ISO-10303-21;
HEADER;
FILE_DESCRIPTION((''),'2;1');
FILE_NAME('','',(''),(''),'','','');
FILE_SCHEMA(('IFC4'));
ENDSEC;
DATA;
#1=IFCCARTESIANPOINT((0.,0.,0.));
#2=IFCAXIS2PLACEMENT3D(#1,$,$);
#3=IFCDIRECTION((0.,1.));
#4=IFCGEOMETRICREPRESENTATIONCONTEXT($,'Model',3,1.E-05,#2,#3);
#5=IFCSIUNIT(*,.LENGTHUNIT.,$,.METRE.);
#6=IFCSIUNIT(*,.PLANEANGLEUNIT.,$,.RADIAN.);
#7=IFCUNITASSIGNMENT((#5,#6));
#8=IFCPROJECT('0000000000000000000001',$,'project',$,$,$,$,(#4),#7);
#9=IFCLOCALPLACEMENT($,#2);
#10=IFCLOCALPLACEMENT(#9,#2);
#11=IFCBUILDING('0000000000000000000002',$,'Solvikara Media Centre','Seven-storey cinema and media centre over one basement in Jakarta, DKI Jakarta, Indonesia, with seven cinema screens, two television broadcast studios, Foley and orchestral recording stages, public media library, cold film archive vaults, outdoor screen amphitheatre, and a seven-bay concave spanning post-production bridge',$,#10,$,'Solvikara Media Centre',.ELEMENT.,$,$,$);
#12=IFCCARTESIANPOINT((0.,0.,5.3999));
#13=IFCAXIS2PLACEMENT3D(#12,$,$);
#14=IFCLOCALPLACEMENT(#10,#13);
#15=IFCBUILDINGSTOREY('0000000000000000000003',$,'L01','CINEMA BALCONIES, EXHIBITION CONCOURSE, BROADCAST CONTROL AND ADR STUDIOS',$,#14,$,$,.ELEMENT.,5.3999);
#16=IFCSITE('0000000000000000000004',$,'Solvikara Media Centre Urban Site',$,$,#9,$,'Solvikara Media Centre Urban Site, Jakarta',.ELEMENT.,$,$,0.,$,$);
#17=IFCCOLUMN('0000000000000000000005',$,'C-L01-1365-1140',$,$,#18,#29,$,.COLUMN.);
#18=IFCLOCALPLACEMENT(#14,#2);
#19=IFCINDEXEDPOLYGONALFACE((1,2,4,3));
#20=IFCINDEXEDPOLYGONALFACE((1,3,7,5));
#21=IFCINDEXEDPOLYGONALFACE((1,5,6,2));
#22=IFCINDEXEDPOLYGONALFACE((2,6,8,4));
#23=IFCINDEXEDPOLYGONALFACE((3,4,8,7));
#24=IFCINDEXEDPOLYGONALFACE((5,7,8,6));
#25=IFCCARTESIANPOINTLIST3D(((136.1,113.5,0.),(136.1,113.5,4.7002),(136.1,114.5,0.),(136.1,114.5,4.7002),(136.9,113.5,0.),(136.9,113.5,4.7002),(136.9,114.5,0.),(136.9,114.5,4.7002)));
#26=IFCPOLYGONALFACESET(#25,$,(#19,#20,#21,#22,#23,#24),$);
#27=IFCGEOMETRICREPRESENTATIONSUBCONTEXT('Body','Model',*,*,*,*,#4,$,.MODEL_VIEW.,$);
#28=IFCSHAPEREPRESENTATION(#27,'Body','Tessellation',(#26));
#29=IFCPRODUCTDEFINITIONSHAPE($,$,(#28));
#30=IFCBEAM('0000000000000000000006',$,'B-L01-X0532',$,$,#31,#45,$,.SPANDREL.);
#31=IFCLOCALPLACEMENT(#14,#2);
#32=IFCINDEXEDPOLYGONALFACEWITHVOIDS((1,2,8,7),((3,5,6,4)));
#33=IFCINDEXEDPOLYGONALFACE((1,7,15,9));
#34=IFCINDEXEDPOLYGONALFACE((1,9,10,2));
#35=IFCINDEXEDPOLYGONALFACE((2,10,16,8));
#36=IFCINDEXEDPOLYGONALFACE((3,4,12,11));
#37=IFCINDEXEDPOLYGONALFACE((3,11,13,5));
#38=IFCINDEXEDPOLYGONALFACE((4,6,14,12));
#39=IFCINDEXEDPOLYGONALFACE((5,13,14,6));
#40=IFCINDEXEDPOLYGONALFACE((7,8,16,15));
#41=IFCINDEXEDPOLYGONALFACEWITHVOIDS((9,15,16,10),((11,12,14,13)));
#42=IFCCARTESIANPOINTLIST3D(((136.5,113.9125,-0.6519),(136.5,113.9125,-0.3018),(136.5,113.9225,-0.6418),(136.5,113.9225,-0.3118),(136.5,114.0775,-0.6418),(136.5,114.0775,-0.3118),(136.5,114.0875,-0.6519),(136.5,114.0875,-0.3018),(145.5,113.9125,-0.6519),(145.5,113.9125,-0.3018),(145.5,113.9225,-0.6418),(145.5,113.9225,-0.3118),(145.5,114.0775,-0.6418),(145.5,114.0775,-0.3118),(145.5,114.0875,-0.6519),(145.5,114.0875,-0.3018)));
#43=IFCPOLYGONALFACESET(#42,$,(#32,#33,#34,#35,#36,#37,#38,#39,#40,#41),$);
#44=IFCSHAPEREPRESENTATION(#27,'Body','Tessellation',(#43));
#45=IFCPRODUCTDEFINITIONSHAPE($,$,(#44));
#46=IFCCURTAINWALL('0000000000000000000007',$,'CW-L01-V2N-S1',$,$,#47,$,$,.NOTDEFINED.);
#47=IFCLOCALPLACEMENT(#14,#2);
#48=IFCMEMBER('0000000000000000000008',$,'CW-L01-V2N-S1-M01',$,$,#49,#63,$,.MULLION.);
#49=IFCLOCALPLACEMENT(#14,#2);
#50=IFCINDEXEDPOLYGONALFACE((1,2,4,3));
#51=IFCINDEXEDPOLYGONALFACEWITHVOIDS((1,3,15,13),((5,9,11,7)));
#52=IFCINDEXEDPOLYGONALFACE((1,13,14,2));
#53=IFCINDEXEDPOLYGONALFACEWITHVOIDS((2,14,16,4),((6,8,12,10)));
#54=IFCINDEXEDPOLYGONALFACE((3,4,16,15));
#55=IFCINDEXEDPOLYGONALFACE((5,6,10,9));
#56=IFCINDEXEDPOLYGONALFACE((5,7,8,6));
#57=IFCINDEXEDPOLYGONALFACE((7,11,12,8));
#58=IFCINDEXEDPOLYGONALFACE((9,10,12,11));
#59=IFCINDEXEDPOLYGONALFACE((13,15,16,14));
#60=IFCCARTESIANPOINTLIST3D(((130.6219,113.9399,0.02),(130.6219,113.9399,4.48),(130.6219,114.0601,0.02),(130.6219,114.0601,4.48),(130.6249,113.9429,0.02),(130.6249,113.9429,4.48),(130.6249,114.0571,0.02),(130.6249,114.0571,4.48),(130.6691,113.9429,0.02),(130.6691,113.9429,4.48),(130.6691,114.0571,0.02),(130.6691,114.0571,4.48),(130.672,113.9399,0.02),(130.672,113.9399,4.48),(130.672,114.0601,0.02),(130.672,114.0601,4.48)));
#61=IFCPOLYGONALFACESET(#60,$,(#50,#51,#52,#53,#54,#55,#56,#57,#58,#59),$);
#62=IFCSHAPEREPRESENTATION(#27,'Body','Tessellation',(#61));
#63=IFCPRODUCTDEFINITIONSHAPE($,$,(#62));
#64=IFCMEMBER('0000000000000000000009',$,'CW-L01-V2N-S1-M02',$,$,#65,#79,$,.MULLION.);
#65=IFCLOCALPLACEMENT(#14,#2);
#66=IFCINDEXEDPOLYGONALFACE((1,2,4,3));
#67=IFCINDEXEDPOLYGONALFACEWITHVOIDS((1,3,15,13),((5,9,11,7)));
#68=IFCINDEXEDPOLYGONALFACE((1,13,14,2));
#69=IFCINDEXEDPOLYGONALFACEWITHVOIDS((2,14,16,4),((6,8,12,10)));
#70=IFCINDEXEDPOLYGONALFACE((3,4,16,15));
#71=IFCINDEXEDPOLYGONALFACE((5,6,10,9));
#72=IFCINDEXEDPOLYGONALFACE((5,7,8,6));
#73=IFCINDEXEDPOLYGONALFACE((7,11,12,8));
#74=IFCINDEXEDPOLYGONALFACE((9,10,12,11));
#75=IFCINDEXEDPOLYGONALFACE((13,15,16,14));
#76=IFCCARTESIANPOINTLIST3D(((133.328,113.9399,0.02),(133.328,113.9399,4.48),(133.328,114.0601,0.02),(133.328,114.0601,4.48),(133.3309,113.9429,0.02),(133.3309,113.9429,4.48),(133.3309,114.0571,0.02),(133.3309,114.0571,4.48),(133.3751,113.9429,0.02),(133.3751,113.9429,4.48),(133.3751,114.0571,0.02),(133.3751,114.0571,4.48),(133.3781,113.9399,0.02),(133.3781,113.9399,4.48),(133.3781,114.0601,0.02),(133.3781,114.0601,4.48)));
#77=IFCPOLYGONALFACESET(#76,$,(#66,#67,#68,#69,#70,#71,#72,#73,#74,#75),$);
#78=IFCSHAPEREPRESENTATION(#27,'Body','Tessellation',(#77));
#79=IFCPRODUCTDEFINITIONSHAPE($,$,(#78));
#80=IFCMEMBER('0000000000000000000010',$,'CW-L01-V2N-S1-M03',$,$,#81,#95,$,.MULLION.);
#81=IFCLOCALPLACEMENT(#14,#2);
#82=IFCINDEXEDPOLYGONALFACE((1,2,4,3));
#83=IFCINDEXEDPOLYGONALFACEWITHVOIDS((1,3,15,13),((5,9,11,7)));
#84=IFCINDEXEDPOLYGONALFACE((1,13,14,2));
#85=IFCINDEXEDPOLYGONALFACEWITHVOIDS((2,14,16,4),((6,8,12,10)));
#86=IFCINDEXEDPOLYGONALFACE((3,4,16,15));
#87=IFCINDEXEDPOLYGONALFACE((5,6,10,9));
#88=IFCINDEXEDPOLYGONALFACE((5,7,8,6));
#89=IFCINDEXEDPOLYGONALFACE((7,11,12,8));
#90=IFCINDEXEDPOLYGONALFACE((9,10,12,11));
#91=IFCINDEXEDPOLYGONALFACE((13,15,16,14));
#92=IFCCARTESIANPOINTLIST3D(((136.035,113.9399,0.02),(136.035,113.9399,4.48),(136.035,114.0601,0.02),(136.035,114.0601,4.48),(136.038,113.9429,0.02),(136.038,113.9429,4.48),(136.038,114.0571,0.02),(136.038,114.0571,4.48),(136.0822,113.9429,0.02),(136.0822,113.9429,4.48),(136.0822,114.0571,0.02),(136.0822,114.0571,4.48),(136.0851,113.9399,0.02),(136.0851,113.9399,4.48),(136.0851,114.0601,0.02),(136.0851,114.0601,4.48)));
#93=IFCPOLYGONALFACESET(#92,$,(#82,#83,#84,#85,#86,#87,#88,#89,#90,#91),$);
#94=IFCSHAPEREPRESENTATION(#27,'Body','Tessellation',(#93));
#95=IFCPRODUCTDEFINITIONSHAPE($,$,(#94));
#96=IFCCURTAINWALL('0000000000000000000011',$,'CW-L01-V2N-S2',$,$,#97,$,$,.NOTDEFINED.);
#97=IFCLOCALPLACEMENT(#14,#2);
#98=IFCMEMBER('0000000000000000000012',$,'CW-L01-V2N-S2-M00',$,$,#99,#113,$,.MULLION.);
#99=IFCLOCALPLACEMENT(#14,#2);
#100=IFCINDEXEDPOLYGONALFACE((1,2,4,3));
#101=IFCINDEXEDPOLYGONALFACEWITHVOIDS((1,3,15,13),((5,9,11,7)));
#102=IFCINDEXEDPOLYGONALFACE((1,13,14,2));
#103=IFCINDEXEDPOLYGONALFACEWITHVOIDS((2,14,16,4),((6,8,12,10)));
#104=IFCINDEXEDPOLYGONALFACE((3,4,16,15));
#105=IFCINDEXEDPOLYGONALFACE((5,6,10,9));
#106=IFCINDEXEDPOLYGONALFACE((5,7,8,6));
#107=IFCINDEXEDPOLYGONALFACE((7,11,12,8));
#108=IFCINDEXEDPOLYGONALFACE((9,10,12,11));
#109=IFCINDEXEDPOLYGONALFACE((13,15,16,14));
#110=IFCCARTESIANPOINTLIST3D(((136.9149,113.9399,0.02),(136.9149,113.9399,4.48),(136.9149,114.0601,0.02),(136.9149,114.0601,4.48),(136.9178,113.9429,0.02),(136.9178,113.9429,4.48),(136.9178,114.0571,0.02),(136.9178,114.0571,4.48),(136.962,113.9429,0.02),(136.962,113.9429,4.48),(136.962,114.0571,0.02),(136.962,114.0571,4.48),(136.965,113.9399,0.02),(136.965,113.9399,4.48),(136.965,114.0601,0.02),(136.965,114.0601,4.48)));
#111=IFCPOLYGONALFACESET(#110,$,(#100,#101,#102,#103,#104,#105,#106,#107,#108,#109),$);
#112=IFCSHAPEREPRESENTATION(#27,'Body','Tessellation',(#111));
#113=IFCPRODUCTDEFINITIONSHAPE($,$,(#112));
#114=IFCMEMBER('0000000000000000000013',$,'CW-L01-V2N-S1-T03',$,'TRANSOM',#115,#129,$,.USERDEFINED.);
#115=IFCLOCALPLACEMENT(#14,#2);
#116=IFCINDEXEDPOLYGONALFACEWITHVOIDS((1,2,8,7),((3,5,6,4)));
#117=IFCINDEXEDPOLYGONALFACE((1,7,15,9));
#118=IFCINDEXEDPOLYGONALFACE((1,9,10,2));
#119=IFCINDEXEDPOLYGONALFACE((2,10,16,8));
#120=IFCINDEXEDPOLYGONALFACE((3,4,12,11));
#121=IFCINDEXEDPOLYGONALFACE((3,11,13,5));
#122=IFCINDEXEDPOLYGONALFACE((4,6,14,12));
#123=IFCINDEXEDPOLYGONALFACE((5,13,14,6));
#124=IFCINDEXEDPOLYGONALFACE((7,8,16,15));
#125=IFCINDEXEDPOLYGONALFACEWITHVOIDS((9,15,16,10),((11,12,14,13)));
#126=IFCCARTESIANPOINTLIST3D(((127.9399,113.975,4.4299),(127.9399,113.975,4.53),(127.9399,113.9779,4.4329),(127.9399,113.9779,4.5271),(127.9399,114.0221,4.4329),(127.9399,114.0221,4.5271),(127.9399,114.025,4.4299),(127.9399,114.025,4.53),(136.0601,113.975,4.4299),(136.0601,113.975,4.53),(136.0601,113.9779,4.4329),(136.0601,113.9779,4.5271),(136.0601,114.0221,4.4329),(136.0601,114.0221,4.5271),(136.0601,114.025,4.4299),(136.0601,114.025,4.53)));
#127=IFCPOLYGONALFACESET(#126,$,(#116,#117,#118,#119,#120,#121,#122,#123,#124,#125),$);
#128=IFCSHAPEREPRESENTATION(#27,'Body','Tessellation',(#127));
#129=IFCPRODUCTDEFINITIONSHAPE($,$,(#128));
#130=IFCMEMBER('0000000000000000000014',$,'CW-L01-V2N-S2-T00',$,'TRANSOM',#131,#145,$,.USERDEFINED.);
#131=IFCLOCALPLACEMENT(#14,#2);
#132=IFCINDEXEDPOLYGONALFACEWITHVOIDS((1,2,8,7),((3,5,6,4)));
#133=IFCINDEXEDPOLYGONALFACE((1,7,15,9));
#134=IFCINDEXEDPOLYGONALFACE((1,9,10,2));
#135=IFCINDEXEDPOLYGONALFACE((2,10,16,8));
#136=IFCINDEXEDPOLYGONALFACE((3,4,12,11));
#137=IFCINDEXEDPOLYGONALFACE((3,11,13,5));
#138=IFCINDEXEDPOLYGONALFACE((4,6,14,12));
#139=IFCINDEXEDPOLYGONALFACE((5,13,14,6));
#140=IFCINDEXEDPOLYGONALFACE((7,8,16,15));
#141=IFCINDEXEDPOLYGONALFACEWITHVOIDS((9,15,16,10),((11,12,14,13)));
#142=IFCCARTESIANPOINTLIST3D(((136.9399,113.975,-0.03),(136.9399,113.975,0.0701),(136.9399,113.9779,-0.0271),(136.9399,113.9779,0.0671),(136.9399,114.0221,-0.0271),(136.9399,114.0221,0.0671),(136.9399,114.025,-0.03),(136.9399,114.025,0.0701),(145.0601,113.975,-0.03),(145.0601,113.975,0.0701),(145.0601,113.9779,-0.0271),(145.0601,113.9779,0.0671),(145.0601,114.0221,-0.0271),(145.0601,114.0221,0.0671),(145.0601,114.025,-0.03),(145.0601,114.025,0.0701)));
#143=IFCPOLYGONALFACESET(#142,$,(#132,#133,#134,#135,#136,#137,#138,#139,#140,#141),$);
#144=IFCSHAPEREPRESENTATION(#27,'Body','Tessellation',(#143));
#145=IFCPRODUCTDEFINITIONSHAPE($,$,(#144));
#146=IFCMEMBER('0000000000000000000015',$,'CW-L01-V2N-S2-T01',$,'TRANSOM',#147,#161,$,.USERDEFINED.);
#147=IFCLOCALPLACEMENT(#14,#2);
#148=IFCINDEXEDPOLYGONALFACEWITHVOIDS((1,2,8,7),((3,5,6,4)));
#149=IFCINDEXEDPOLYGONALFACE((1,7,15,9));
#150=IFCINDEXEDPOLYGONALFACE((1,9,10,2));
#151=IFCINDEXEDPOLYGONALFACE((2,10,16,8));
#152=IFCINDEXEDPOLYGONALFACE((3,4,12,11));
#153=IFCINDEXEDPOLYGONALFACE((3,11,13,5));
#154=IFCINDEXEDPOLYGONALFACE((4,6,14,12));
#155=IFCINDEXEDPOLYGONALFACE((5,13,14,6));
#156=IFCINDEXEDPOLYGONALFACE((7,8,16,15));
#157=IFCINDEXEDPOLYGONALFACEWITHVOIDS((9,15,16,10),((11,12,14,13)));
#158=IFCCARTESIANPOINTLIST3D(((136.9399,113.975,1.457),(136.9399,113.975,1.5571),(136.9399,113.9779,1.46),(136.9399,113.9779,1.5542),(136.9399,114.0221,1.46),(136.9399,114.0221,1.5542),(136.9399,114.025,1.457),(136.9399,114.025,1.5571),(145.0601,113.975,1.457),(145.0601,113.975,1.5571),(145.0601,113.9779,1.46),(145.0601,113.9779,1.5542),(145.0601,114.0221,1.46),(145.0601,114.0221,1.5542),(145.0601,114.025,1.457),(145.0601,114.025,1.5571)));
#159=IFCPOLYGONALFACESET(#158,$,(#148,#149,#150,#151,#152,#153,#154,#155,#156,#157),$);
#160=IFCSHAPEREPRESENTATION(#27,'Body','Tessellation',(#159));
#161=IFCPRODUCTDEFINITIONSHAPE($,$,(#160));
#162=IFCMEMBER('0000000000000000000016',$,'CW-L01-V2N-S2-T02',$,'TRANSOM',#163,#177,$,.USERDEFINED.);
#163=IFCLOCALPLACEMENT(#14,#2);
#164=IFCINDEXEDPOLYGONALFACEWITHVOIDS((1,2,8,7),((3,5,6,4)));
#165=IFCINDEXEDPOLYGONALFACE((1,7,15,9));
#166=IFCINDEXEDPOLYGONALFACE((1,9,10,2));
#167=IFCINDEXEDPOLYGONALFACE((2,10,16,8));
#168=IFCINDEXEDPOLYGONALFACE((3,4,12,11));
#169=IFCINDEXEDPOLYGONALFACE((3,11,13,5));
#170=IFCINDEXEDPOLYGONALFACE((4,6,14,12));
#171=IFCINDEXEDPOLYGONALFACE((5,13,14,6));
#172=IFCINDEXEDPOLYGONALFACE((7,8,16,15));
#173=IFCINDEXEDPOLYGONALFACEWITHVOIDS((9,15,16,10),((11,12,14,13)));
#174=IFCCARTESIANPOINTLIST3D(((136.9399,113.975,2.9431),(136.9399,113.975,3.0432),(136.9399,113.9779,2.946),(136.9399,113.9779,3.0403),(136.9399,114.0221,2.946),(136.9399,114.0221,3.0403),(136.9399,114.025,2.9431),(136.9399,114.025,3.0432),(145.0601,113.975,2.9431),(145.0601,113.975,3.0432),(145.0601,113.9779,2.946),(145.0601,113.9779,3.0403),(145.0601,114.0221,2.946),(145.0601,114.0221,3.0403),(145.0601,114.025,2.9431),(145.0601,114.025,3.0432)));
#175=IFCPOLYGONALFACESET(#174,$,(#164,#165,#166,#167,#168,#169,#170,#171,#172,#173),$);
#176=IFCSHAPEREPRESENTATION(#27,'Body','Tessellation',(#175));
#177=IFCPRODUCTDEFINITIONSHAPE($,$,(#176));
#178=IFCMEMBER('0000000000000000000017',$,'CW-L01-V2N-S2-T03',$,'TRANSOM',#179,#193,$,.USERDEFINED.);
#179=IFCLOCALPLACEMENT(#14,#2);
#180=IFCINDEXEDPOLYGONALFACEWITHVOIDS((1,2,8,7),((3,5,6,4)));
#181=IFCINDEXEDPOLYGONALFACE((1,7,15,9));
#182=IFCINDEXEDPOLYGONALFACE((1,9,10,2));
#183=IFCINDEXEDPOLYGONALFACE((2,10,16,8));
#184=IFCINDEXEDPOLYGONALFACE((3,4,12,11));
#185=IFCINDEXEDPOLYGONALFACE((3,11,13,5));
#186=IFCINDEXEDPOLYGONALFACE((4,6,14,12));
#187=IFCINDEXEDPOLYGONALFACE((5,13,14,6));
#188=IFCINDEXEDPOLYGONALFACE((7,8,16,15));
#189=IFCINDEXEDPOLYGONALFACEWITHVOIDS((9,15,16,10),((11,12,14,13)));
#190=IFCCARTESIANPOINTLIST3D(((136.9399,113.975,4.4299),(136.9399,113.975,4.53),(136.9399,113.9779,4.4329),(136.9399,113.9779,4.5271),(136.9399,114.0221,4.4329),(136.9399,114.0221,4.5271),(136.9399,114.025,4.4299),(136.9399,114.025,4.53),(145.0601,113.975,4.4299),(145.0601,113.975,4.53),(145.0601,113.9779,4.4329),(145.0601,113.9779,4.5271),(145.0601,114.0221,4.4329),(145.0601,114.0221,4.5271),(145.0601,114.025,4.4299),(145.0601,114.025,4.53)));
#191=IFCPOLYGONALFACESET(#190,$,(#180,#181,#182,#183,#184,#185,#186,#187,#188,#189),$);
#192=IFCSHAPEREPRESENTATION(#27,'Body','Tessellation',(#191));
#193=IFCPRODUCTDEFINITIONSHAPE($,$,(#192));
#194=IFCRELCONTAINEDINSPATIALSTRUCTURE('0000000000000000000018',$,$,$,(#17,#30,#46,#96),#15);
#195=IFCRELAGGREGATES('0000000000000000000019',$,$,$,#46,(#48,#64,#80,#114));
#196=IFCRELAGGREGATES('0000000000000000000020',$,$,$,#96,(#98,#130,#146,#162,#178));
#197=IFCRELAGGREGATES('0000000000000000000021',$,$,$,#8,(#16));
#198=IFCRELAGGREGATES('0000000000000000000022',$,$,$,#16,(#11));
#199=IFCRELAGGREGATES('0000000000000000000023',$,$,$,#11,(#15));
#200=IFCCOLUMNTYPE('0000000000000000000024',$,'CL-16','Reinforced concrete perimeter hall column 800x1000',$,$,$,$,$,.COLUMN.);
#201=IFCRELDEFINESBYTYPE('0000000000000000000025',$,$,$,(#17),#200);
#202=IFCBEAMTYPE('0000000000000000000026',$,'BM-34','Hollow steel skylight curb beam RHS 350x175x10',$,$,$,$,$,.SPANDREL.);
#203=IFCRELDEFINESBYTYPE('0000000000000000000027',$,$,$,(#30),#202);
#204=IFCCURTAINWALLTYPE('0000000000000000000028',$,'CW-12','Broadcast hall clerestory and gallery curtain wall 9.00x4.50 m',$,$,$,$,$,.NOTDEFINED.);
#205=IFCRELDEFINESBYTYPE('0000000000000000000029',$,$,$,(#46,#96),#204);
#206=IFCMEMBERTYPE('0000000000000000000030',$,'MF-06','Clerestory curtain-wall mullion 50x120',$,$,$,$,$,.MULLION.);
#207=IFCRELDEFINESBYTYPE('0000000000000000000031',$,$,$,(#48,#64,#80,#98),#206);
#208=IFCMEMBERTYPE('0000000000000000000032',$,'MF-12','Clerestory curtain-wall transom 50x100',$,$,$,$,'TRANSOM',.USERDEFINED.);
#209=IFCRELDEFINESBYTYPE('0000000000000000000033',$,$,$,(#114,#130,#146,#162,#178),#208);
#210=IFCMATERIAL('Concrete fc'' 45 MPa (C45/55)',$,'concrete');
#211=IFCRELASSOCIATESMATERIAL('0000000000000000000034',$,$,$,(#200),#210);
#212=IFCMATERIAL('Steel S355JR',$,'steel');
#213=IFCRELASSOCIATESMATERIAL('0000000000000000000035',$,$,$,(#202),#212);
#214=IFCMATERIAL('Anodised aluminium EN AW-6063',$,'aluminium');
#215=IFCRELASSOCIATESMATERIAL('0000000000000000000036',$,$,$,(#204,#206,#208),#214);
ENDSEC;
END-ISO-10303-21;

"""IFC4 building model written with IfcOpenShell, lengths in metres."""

from ifc_helpers import new_model, si_unit, direction, frame, origin, origin_2d, place, context, subcontext, project, spatial, rectangle, hollow_rectangle, extrude, material, material_profile, profile_set, type_object, element, aggregate, save


model = new_model("IFC4")

# Units and contexts
model_context = context("Model", 3, precision=1e-05, world=origin(), true_north=direction((0.0, 1.0)))
body_context = subcontext(model_context, "Body", "Model", "MODEL_VIEW")
ifc_project = project(units=[si_unit("LENGTHUNIT", "METRE"), si_unit("PLANEANGLEUNIT", "RADIAN")], contexts=[model_context])

# Site, building, storey
site_placement = place(None, origin())
site = spatial("IfcSite", under=ifc_project, at=site_placement, Name="Solvikara Media Centre Urban Site", LongName="Solvikara Media Centre Urban Site, Jakarta", CompositionType="ELEMENT", RefElevation=0.0)
building_placement = place(site_placement, origin())
building = spatial("IfcBuilding", under=site, at=building_placement, Name="Solvikara Media Centre", Description="Seven-storey cinema and media centre over one basement in Jakarta, DKI Jakarta, Indonesia, with seven cinema screens, two television broadcast studios, Foley and orchestral recording stages, public media library, cold film archive vaults, outdoor screen amphitheatre, and a seven-bay concave spanning post-production bridge", LongName="Solvikara Media Centre", CompositionType="ELEMENT")
storey_placement = place(building_placement, frame((0.0, 0.0, 5.3999)))
storey = spatial("IfcBuildingStorey", under=building, at=storey_placement, Name="L01", Description="CINEMA BALCONIES, EXHIBITION CONCOURSE, BROADCAST CONTROL AND ADR STUDIOS", CompositionType="ELEMENT", Elevation=5.3999)

# Column
ifc_material_1 = material(Name="Concrete fc' 45 MPa (C45/55)", Category="concrete")
ifc_material_profile_1 = material_profile(ifc_material_1, rectangle(XDim=0.8, YDim=1.0, at=origin_2d()), Name="RC 800x1000")
ifc_profile_set_1 = profile_set([ifc_material_profile_1], Name="Concrete fc' 45 MPa (C45/55)")
column_type = type_object("IfcColumnType", Name="CL-16", Description="Reinforced concrete perimeter hall column 800x1000", PredefinedType="COLUMN", material=ifc_profile_set_1)
column_placement = place(storey_placement, frame((136.5, 114.0, 0.0), z_axis=(0.0, 0.0, 1.0), x_axis=(1.0, 0.0, 0.0)))
element("IfcColumn", 1, at=column_placement, inside=storey, type_object=column_type, Name="C-L01-1365-1140", PredefinedType="COLUMN", context=body_context, shape_type="SweptSolid", body=[
    extrude(rectangle(XDim=0.8, YDim=1.0, at=origin_2d()), origin(), (0.0, 0.0, 1.0), 4.7002),
])

# Beam
ifc_material_2 = material(Name="Steel S355JR", Category="steel")
ifc_material_profile_2 = material_profile(ifc_material_2, hollow_rectangle(XDim=0.175, YDim=0.3501, WallThickness=0.01, at=origin_2d()), Name="RHS 350x175x10")
ifc_profile_set_2 = profile_set([ifc_material_profile_2], Name="Steel S355JR")
beam_type = type_object("IfcBeamType", Name="BM-34", Description="Hollow steel skylight curb beam RHS 350x175x10", PredefinedType="SPANDREL", material=ifc_profile_set_2)
beam_placement = place(storey_placement, frame((136.5, 114.0, -0.4768), z_axis=(1.0, 0.0, 0.0), x_axis=(0.0, 1.0, 0.0)))
element("IfcBeam", 2, at=beam_placement, inside=storey, type_object=beam_type, Name="B-L01-X0532", PredefinedType="SPANDREL", context=body_context, shape_type="SweptSolid", body=[
    extrude(hollow_rectangle(XDim=0.175, YDim=0.3501, WallThickness=0.01, at=origin_2d()), origin(), (0.0, 0.0, 1.0), 9.0),
])

# Curtain wall, members
ifc_material_3 = material(Name="Anodised aluminium EN AW-6063", Category="aluminium")
curtain_wall_type = type_object("IfcCurtainWallType", Name="CW-12", Description="Broadcast hall clerestory and gallery curtain wall 9.00x4.50 m", PredefinedType="NOTDEFINED", material=ifc_material_3)
curtain_wall_1_placement = place(storey_placement, origin())
curtain_wall_1 = element("IfcCurtainWall", 3, at=curtain_wall_1_placement, inside=storey, type_object=curtain_wall_type, Name="CW-L01-V2N-S1", PredefinedType="NOTDEFINED")
ifc_material_profile_3 = material_profile(ifc_material_3, hollow_rectangle(XDim=0.05, YDim=0.1201, WallThickness=0.0029, at=origin_2d()), Name="ALU-M 50x120x3")
ifc_profile_set_3 = profile_set([ifc_material_profile_3], Name="Anodised aluminium EN AW-6063")
member_type_1 = type_object("IfcMemberType", Name="MF-06", Description="Clerestory curtain-wall mullion 50x120", PredefinedType="MULLION", material=ifc_profile_set_3)
member_1_placement = place(storey_placement, frame((130.647, 114.0, 0.02), z_axis=(0.0, 0.0, 1.0), x_axis=(1.0, 0.0, 0.0)))
member_1 = element("IfcMember", 4, at=member_1_placement, type_object=member_type_1, Name="CW-L01-V2N-S1-M01", PredefinedType="MULLION", context=body_context, shape_type="SweptSolid", body=[
    extrude(hollow_rectangle(XDim=0.05, YDim=0.1201, WallThickness=0.0029, at=origin_2d()), origin(), (0.0, 0.0, 1.0), 4.46),
])
member_2_placement = place(storey_placement, frame((133.353, 114.0, 0.02), z_axis=(0.0, 0.0, 1.0), x_axis=(1.0, 0.0, 0.0)))
member_2 = element("IfcMember", 5, at=member_2_placement, type_object=member_type_1, Name="CW-L01-V2N-S1-M02", PredefinedType="MULLION", context=body_context, shape_type="SweptSolid", body=[
    extrude(hollow_rectangle(XDim=0.05, YDim=0.1201, WallThickness=0.0029, at=origin_2d()), origin(), (0.0, 0.0, 1.0), 4.46),
])
member_3_placement = place(storey_placement, frame((136.0601, 114.0, 0.02), z_axis=(0.0, 0.0, 1.0), x_axis=(1.0, 0.0, 0.0)))
member_3 = element("IfcMember", 6, at=member_3_placement, type_object=member_type_1, Name="CW-L01-V2N-S1-M03", PredefinedType="MULLION", context=body_context, shape_type="SweptSolid", body=[
    extrude(hollow_rectangle(XDim=0.05, YDim=0.1201, WallThickness=0.0029, at=origin_2d()), origin(), (0.0, 0.0, 1.0), 4.46),
])

# Curtain wall, member
curtain_wall_2_placement = place(storey_placement, origin())
curtain_wall_2 = element("IfcCurtainWall", 7, at=curtain_wall_2_placement, inside=storey, type_object=curtain_wall_type, Name="CW-L01-V2N-S2", PredefinedType="NOTDEFINED")
member_4_placement = place(storey_placement, frame((136.9399, 114.0, 0.02), z_axis=(0.0, 0.0, 1.0), x_axis=(1.0, 0.0, 0.0)))
member_4 = element("IfcMember", 8, at=member_4_placement, type_object=member_type_1, Name="CW-L01-V2N-S2-M00", PredefinedType="MULLION", context=body_context, shape_type="SweptSolid", body=[
    extrude(hollow_rectangle(XDim=0.05, YDim=0.1201, WallThickness=0.0029, at=origin_2d()), origin(), (0.0, 0.0, 1.0), 4.46),
])

# Members
ifc_material_profile_4 = material_profile(ifc_material_3, hollow_rectangle(XDim=0.05, YDim=0.1001, WallThickness=0.0029, at=origin_2d()), Name="ALU-T 50x100x3")
ifc_profile_set_4 = profile_set([ifc_material_profile_4], Name="Anodised aluminium EN AW-6063")
member_type_2 = type_object("IfcMemberType", Name="MF-12", Description="Clerestory curtain-wall transom 50x100", ElementType="TRANSOM", PredefinedType="USERDEFINED", material=ifc_profile_set_4)
member_5_placement = place(storey_placement, frame((127.9399, 114.0, 4.48), z_axis=(1.0, 0.0, 0.0), x_axis=(0.0, 1.0, 0.0)))
member_5 = element("IfcMember", 9, at=member_5_placement, type_object=member_type_2, Name="CW-L01-V2N-S1-T03", ObjectType="TRANSOM", PredefinedType="USERDEFINED", context=body_context, shape_type="SweptSolid", body=[
    extrude(hollow_rectangle(XDim=0.05, YDim=0.1001, WallThickness=0.0029, at=origin_2d()), origin(), (0.0, 0.0, 1.0), 8.1201),
])
member_6_placement = place(storey_placement, frame((136.9399, 114.0, 0.02), z_axis=(1.0, 0.0, 0.0), x_axis=(0.0, 1.0, 0.0)))
member_6 = element("IfcMember", 10, at=member_6_placement, type_object=member_type_2, Name="CW-L01-V2N-S2-T00", ObjectType="TRANSOM", PredefinedType="USERDEFINED", context=body_context, shape_type="SweptSolid", body=[
    extrude(hollow_rectangle(XDim=0.05, YDim=0.1001, WallThickness=0.0029, at=origin_2d()), origin(), (0.0, 0.0, 1.0), 8.1201),
])
member_7_placement = place(storey_placement, frame((136.9399, 114.0, 1.5071), z_axis=(1.0, 0.0, 0.0), x_axis=(0.0, 1.0, 0.0)))
member_7 = element("IfcMember", 11, at=member_7_placement, type_object=member_type_2, Name="CW-L01-V2N-S2-T01", ObjectType="TRANSOM", PredefinedType="USERDEFINED", context=body_context, shape_type="SweptSolid", body=[
    extrude(hollow_rectangle(XDim=0.05, YDim=0.1001, WallThickness=0.0029, at=origin_2d()), origin(), (0.0, 0.0, 1.0), 8.1201),
])
member_8_placement = place(storey_placement, frame((136.9399, 114.0, 2.9932), z_axis=(1.0, 0.0, 0.0), x_axis=(0.0, 1.0, 0.0)))
member_8 = element("IfcMember", 12, at=member_8_placement, type_object=member_type_2, Name="CW-L01-V2N-S2-T02", ObjectType="TRANSOM", PredefinedType="USERDEFINED", context=body_context, shape_type="SweptSolid", body=[
    extrude(hollow_rectangle(XDim=0.05, YDim=0.1001, WallThickness=0.0029, at=origin_2d()), origin(), (0.0, 0.0, 1.0), 8.1201),
])
member_9_placement = place(storey_placement, frame((136.9399, 114.0, 4.48), z_axis=(1.0, 0.0, 0.0), x_axis=(0.0, 1.0, 0.0)))
member_9 = element("IfcMember", 13, at=member_9_placement, type_object=member_type_2, Name="CW-L01-V2N-S2-T03", ObjectType="TRANSOM", PredefinedType="USERDEFINED", context=body_context, shape_type="SweptSolid", body=[
    extrude(hollow_rectangle(XDim=0.05, YDim=0.1001, WallThickness=0.0029, at=origin_2d()), origin(), (0.0, 0.0, 1.0), 8.1201),
])

aggregate(curtain_wall_1, [member_1, member_2, member_3, member_5])
aggregate(curtain_wall_2, [member_4, member_6, member_7, member_8, member_9])

save(model, "model.ifc")
